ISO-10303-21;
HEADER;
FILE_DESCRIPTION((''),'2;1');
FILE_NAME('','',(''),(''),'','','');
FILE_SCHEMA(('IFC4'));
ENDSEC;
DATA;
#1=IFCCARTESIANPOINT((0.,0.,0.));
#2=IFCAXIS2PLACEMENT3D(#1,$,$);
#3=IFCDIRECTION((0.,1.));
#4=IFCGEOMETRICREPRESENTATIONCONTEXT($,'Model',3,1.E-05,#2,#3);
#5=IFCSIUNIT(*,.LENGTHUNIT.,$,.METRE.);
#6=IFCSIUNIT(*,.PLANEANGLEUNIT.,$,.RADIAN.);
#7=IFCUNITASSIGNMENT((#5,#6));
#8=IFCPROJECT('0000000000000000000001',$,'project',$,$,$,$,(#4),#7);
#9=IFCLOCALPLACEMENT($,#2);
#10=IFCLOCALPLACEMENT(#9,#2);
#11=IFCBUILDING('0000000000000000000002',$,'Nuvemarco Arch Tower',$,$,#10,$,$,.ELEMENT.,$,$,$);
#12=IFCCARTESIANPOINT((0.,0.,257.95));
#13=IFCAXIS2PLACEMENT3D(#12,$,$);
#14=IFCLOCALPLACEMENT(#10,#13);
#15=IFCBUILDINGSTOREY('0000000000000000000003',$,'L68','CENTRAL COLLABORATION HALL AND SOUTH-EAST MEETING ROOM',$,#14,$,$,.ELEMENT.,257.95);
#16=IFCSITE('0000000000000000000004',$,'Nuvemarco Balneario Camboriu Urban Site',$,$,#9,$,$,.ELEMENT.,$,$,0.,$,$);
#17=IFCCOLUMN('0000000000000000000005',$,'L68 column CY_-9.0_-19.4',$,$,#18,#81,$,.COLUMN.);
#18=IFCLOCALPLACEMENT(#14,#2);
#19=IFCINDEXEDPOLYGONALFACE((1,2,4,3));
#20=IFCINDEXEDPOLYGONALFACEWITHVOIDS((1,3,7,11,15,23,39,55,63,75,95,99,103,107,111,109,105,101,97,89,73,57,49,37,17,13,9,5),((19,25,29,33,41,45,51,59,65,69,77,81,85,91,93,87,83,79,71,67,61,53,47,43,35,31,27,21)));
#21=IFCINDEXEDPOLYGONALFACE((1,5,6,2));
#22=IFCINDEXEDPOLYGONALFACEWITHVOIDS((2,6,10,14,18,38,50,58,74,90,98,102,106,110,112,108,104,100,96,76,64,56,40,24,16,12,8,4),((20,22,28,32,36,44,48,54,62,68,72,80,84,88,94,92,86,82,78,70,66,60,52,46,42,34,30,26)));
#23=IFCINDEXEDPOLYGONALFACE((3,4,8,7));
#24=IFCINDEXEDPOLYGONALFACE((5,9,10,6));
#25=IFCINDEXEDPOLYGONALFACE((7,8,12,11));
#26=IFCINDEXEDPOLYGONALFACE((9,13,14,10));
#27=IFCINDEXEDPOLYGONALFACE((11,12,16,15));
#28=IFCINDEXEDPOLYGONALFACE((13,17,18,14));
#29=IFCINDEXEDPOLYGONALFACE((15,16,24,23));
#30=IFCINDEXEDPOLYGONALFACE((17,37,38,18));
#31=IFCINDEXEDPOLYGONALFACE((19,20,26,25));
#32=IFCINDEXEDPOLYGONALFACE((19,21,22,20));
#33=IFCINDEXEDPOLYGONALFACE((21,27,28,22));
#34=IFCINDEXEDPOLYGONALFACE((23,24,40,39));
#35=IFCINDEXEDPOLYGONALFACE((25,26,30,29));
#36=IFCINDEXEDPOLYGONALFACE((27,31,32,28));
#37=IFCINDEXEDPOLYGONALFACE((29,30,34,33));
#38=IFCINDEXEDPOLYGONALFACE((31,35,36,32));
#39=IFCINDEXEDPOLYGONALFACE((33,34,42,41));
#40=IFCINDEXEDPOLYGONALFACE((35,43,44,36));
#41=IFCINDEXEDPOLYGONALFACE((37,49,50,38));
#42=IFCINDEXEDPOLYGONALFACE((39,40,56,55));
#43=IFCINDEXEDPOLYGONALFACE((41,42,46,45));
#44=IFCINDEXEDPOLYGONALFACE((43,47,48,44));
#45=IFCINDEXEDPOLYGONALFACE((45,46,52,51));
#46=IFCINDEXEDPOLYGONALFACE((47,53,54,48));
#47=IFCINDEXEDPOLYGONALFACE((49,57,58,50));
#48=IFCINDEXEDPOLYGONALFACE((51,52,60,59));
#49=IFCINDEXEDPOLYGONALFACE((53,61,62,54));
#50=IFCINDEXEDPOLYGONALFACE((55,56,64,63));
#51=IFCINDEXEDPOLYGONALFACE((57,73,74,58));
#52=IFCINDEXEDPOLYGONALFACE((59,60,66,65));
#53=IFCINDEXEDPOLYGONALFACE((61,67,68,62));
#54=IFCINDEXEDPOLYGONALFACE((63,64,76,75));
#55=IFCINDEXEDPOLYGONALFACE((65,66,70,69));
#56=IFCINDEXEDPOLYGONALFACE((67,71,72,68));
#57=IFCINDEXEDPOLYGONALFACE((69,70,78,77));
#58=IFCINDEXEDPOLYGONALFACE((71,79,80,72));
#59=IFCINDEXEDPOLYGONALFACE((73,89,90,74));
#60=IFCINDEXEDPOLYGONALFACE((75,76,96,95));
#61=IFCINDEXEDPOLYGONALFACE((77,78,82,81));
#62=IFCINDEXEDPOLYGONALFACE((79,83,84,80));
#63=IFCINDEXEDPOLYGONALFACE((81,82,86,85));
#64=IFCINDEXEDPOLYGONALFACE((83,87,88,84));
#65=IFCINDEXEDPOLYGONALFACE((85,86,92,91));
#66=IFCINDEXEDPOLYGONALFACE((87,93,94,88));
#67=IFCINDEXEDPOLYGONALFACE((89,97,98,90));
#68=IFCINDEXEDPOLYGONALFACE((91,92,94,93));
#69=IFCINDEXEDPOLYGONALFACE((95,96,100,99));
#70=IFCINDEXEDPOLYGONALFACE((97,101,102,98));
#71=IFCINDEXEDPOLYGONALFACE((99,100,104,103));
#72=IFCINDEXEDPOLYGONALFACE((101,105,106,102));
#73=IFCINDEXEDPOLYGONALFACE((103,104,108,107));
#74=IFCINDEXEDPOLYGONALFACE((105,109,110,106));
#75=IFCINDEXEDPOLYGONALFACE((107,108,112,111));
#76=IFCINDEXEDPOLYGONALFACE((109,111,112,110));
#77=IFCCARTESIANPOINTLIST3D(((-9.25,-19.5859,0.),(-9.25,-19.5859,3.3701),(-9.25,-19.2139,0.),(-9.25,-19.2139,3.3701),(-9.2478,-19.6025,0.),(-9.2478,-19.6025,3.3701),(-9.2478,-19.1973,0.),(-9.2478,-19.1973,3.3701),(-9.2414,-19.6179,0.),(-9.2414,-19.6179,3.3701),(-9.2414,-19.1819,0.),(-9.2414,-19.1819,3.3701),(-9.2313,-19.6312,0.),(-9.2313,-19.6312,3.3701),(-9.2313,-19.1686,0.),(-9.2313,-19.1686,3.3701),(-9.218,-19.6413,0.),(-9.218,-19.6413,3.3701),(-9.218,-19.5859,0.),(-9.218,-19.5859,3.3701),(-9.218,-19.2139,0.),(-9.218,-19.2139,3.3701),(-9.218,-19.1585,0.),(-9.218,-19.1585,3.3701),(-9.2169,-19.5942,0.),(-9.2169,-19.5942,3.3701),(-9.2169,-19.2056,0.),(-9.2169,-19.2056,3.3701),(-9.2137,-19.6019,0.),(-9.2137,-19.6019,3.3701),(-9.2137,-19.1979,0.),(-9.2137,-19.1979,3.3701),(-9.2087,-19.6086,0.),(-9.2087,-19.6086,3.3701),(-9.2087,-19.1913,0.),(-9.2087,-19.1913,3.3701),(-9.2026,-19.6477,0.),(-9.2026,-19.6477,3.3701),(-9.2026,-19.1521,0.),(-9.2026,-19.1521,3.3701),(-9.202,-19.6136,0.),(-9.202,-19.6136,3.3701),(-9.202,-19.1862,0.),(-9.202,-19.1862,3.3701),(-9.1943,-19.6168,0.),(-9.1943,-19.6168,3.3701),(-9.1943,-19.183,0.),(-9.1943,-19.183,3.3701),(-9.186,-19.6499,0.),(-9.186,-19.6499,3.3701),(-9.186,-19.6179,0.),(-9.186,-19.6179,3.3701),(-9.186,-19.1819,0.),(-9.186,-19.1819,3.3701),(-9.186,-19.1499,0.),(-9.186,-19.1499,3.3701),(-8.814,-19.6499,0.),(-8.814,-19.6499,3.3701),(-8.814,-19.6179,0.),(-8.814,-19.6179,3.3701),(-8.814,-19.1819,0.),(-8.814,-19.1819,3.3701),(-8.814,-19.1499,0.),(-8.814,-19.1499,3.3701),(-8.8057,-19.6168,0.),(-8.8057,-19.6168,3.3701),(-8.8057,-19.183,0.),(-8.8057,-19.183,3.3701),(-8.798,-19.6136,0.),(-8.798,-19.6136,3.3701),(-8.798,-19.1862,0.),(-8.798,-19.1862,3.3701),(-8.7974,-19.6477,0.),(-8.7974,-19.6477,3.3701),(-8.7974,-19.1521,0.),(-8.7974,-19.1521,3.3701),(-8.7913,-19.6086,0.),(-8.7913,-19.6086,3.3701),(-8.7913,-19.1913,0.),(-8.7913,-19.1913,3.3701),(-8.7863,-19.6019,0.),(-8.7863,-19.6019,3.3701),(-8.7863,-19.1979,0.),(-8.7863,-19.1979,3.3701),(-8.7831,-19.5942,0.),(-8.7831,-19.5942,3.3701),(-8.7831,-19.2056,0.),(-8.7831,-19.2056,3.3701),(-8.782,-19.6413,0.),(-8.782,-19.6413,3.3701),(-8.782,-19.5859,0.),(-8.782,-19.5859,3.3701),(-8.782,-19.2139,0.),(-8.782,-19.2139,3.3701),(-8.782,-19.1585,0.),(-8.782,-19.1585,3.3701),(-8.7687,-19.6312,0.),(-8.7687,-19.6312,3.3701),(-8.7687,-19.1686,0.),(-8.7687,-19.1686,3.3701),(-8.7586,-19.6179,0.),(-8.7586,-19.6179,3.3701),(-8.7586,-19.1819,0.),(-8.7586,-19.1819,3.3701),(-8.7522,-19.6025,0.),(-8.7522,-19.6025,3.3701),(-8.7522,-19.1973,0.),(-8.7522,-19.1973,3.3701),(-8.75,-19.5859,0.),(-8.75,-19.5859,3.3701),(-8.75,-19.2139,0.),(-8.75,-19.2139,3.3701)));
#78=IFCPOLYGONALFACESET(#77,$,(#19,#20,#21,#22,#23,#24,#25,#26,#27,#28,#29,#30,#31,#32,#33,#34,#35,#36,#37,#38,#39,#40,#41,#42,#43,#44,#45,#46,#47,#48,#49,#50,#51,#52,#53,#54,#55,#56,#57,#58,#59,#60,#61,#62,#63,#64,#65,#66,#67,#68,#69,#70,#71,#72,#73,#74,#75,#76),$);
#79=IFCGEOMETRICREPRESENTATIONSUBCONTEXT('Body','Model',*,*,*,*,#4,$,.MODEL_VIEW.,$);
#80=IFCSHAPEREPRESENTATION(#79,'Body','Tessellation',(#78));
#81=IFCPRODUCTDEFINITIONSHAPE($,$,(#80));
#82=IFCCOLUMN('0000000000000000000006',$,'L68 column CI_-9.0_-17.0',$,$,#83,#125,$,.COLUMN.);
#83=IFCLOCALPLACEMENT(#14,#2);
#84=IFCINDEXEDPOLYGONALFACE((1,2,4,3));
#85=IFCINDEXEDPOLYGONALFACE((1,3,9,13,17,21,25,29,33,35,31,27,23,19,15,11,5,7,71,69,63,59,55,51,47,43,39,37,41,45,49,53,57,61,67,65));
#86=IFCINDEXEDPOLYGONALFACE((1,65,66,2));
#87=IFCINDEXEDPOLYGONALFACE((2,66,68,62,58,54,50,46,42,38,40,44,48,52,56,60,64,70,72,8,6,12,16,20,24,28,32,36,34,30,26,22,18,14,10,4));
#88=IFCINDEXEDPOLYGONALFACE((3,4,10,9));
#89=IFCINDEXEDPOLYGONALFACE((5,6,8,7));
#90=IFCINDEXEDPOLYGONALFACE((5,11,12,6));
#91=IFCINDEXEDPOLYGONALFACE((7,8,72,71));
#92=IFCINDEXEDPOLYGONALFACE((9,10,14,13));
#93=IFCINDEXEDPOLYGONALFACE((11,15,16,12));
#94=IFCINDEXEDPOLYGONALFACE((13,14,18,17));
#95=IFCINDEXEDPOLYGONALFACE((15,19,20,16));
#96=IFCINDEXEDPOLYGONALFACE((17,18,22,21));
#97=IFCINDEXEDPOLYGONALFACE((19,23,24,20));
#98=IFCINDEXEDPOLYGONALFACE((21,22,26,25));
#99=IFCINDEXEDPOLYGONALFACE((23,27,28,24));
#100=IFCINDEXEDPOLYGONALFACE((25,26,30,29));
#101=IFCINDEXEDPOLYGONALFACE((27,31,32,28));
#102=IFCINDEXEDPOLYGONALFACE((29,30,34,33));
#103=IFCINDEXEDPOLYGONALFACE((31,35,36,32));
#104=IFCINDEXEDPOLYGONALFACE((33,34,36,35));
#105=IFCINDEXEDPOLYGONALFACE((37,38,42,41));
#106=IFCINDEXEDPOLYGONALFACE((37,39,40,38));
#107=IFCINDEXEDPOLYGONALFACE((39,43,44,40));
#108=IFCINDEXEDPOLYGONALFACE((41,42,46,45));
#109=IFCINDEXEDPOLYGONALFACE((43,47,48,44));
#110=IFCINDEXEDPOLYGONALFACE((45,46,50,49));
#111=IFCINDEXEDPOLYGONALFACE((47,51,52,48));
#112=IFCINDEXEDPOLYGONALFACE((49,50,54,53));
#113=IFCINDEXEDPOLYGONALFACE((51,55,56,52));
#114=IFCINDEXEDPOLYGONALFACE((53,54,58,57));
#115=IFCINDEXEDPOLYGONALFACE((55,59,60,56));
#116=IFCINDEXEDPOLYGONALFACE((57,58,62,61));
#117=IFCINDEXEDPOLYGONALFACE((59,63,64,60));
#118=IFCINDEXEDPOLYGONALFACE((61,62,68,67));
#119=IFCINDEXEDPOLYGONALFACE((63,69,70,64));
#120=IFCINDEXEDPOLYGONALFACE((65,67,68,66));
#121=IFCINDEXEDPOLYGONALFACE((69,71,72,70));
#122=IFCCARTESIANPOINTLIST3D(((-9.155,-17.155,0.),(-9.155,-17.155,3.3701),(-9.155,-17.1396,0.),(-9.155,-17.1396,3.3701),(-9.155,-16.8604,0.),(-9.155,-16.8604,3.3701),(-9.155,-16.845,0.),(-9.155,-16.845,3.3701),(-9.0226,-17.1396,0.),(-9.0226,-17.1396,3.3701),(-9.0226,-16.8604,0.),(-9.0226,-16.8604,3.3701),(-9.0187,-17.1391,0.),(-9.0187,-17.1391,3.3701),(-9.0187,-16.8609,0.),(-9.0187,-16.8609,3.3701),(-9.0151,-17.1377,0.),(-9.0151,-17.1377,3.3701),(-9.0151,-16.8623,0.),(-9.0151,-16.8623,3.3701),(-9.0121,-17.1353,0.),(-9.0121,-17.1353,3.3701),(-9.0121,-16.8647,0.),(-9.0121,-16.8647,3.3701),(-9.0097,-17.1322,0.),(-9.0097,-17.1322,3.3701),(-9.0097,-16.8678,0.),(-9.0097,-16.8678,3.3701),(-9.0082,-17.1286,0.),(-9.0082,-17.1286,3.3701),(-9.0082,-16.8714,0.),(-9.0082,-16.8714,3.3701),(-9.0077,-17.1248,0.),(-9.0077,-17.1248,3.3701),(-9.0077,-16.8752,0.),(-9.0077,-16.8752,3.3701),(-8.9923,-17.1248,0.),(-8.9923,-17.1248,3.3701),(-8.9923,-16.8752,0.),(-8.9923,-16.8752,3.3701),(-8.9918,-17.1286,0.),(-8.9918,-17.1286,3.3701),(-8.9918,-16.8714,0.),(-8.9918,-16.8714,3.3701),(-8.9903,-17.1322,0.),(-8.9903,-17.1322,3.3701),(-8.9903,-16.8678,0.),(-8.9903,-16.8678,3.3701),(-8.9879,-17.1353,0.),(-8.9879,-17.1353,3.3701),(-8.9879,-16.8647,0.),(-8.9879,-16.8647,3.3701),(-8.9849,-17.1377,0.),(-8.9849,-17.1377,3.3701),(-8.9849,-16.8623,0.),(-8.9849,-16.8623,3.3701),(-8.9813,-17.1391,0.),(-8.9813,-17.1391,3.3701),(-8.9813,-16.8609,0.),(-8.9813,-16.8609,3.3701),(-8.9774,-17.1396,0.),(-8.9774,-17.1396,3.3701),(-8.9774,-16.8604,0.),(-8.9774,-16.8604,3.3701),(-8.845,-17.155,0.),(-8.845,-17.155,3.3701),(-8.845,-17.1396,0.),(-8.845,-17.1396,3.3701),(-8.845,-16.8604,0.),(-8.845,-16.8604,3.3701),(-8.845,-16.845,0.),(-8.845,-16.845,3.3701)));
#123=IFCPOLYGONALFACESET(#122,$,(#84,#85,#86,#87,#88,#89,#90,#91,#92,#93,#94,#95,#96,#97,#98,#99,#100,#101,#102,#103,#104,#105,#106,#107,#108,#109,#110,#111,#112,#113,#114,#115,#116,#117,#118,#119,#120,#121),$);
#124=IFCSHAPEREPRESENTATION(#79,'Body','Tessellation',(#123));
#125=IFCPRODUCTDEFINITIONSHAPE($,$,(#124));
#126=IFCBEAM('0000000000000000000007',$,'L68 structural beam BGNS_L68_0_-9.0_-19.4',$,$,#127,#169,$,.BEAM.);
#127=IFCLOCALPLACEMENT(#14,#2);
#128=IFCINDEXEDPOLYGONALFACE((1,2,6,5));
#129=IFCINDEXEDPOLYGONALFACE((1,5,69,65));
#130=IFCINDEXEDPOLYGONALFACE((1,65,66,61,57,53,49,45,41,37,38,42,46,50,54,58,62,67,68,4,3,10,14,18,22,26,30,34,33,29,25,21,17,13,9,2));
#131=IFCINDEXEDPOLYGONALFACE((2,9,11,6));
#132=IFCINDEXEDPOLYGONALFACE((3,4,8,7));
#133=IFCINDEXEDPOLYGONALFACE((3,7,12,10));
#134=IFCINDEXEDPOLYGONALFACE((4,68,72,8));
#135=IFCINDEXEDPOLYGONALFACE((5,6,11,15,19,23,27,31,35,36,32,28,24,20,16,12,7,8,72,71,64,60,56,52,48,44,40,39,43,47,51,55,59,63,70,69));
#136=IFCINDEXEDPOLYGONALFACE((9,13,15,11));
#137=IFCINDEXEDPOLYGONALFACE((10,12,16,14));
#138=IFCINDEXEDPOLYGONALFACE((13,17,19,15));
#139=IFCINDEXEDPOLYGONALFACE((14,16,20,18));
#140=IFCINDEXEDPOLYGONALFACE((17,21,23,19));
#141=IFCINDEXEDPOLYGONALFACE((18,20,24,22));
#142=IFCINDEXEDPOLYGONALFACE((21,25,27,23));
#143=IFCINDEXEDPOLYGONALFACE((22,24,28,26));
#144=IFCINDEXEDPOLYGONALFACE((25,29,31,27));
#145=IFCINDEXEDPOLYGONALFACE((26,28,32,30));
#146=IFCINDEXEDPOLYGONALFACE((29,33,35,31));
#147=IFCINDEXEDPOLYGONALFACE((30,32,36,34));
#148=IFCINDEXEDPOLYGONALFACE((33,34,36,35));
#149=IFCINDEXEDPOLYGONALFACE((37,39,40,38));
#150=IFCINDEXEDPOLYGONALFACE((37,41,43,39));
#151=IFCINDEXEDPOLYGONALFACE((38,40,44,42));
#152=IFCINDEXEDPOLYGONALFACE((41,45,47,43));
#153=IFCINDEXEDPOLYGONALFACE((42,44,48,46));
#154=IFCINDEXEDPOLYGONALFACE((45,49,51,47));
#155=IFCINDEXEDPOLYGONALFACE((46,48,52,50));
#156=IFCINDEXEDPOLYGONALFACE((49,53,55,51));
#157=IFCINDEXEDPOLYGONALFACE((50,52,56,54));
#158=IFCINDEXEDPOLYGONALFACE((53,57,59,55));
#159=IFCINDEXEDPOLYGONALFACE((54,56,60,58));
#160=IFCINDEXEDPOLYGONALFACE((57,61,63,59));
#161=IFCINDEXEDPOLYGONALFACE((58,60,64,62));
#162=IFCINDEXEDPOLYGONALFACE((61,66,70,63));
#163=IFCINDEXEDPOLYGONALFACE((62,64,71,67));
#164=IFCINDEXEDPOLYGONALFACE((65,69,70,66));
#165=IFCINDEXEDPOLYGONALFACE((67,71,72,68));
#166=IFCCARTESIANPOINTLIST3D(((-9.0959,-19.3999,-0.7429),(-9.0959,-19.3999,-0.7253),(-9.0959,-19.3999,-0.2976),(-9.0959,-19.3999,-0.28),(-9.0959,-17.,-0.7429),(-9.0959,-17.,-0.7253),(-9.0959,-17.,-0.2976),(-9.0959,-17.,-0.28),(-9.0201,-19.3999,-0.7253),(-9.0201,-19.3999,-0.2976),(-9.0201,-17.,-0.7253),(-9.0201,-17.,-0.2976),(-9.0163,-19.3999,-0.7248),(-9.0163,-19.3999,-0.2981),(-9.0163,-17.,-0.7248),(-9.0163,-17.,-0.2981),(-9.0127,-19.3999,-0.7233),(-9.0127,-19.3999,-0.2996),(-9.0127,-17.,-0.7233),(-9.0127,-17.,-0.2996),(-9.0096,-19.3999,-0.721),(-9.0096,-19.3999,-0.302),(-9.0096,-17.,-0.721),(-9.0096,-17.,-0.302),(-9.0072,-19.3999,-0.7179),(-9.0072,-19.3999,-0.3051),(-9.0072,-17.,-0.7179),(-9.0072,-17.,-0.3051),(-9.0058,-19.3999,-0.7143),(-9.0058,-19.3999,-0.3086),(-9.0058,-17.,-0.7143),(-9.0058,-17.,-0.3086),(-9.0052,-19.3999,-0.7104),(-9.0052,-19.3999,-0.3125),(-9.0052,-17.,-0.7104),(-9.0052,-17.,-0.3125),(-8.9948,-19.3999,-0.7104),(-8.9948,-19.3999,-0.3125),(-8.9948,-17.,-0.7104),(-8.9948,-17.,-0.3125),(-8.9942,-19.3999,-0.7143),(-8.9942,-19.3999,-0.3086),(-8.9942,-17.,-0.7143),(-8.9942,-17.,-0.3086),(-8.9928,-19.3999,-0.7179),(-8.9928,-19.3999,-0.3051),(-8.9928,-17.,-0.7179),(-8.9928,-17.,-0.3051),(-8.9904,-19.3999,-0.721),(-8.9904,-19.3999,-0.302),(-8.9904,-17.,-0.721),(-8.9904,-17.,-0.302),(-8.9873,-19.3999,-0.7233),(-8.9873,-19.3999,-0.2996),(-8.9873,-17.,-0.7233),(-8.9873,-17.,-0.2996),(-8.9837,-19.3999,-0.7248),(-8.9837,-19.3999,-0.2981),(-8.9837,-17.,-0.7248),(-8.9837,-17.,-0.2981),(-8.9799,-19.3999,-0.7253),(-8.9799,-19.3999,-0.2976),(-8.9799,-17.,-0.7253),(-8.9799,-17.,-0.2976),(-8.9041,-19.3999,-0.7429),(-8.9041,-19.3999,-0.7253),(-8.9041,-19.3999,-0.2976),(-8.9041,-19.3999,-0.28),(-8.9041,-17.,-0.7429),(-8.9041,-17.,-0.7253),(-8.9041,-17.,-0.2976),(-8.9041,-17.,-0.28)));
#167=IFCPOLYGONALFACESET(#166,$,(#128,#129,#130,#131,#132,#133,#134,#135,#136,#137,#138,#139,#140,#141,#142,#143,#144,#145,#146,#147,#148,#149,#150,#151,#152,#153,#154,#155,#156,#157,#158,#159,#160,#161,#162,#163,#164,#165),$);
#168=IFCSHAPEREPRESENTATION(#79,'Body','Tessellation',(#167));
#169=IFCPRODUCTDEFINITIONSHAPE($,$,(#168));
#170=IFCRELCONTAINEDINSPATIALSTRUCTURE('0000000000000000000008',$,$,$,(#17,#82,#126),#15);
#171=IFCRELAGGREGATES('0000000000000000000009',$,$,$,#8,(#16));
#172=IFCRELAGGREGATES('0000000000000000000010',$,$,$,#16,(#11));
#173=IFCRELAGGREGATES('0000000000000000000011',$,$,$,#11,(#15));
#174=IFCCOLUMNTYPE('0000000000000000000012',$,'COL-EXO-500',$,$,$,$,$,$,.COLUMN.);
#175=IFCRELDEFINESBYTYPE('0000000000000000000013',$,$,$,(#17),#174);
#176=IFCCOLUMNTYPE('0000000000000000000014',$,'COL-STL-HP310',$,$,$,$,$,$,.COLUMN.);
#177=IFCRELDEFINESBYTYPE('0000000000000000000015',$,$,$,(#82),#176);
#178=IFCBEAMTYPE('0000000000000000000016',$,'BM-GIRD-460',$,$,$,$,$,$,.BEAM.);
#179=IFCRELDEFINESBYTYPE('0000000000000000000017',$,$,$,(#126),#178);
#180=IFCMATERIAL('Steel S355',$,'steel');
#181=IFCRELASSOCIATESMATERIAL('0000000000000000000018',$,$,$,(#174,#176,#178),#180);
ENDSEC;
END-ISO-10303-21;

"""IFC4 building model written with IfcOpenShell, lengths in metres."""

from ifc_helpers import new_model, si_unit, direction, frame, origin, origin_2d, place, context, subcontext, project, spatial, hollow_rectangle, i_section, extrude, material, material_profile, profile_set, type_object, element, save


model = new_model("IFC4")

# Units and contexts
model_context = context("Model", 3, precision=1e-05, world=origin(), true_north=direction((0.0, 1.0)))
body_context = subcontext(model_context, "Body", "Model", "MODEL_VIEW")
ifc_project = project(units=[si_unit("LENGTHUNIT", "METRE"), si_unit("PLANEANGLEUNIT", "RADIAN")], contexts=[model_context])

# Site, building, storey
site_placement = place(None, origin())
site = spatial("IfcSite", under=ifc_project, at=site_placement, Name="Nuvemarco Balneario Camboriu Urban Site", CompositionType="ELEMENT", RefElevation=0.0)
building_placement = place(site_placement, origin())
building = spatial("IfcBuilding", under=site, at=building_placement, Name="Nuvemarco Arch Tower", CompositionType="ELEMENT")
storey_placement = place(building_placement, frame((0.0, 0.0, 257.95)))
storey = spatial("IfcBuildingStorey", under=building, at=storey_placement, Name="L68", Description="CENTRAL COLLABORATION HALL AND SOUTH-EAST MEETING ROOM", CompositionType="ELEMENT", Elevation=257.95)

# Columns
ifc_material_1 = material(Name="Steel S355", Category="steel")
ifc_material_profile_1 = material_profile(ifc_material_1, hollow_rectangle(XDim=0.5, YDim=0.5, WallThickness=0.032, InnerFilletRadius=0.032, OuterFilletRadius=0.064, at=origin_2d()), Name="SHS500x500x32")
ifc_profile_set_1 = profile_set([ifc_material_profile_1], Name="Steel S355")
column_type_1 = type_object("IfcColumnType", Name="COL-EXO-500", PredefinedType="COLUMN", material=ifc_profile_set_1)
column_1_placement = place(storey_placement, frame((-9.0, -19.3999, 0.0), z_axis=(0.0, 0.0, 1.0), x_axis=(1.0, 0.0, 0.0)))
element("IfcColumn", 1, at=column_1_placement, inside=storey, type_object=column_type_1, Name="L68 column CY_-9.0_-19.4", PredefinedType="COLUMN", context=body_context, shape_type="SweptSolid", body=[
    extrude(hollow_rectangle(XDim=0.5, YDim=0.5, WallThickness=0.032, InnerFilletRadius=0.032, OuterFilletRadius=0.064, at=origin_2d()), origin(), (0.0, 0.0, 1.0), 3.3701),
])
ifc_material_profile_2 = material_profile(ifc_material_1, i_section(OverallWidth=0.3101, OverallDepth=0.3101, WebThickness=0.0154, FlangeThickness=0.0154, FilletRadius=0.0149, at=origin_2d()), Name="HP310x110")
ifc_profile_set_2 = profile_set([ifc_material_profile_2], Name="Steel S355")
column_type_2 = type_object("IfcColumnType", Name="COL-STL-HP310", PredefinedType="COLUMN", material=ifc_profile_set_2)
column_2_placement = place(storey_placement, frame((-9.0, -17.0, 0.0), z_axis=(0.0, 0.0, 1.0), x_axis=(1.0, 0.0, 0.0)))
element("IfcColumn", 2, at=column_2_placement, inside=storey, type_object=column_type_2, Name="L68 column CI_-9.0_-17.0", PredefinedType="COLUMN", context=body_context, shape_type="SweptSolid", body=[
    extrude(i_section(OverallWidth=0.3101, OverallDepth=0.3101, WebThickness=0.0154, FlangeThickness=0.0154, FilletRadius=0.0149, at=origin_2d()), origin(), (0.0, 0.0, 1.0), 3.3701),
])

# Beam
ifc_material_profile_3 = material_profile(ifc_material_1, i_section(OverallWidth=0.1919, OverallDepth=0.4629, WebThickness=0.0105, FlangeThickness=0.0176, FilletRadius=0.0149, at=origin_2d()), Name="W460x89")
ifc_profile_set_3 = profile_set([ifc_material_profile_3], Name="Steel S355")
beam_type_1 = type_object("IfcBeamType", Name="BM-GIRD-460", PredefinedType="BEAM", material=ifc_profile_set_3)
beam_1_placement = place(storey_placement, frame((-9.0, -19.3999, -0.5115), z_axis=(0.0, 1.0, 0.0), x_axis=(-1.0, 0.0, 0.0)))
element("IfcBeam", 3, at=beam_1_placement, inside=storey, type_object=beam_type_1, Name="L68 structural beam BGNS_L68_0_-9.0_-19.4", PredefinedType="BEAM", context=body_context, shape_type="SweptSolid", body=[
    extrude(i_section(OverallWidth=0.1919, OverallDepth=0.4629, WebThickness=0.0105, FlangeThickness=0.0176, FilletRadius=0.0149, at=origin_2d()), origin(), (0.0, 0.0, 1.0), 2.3999),
])

save(model, "model.ifc")
